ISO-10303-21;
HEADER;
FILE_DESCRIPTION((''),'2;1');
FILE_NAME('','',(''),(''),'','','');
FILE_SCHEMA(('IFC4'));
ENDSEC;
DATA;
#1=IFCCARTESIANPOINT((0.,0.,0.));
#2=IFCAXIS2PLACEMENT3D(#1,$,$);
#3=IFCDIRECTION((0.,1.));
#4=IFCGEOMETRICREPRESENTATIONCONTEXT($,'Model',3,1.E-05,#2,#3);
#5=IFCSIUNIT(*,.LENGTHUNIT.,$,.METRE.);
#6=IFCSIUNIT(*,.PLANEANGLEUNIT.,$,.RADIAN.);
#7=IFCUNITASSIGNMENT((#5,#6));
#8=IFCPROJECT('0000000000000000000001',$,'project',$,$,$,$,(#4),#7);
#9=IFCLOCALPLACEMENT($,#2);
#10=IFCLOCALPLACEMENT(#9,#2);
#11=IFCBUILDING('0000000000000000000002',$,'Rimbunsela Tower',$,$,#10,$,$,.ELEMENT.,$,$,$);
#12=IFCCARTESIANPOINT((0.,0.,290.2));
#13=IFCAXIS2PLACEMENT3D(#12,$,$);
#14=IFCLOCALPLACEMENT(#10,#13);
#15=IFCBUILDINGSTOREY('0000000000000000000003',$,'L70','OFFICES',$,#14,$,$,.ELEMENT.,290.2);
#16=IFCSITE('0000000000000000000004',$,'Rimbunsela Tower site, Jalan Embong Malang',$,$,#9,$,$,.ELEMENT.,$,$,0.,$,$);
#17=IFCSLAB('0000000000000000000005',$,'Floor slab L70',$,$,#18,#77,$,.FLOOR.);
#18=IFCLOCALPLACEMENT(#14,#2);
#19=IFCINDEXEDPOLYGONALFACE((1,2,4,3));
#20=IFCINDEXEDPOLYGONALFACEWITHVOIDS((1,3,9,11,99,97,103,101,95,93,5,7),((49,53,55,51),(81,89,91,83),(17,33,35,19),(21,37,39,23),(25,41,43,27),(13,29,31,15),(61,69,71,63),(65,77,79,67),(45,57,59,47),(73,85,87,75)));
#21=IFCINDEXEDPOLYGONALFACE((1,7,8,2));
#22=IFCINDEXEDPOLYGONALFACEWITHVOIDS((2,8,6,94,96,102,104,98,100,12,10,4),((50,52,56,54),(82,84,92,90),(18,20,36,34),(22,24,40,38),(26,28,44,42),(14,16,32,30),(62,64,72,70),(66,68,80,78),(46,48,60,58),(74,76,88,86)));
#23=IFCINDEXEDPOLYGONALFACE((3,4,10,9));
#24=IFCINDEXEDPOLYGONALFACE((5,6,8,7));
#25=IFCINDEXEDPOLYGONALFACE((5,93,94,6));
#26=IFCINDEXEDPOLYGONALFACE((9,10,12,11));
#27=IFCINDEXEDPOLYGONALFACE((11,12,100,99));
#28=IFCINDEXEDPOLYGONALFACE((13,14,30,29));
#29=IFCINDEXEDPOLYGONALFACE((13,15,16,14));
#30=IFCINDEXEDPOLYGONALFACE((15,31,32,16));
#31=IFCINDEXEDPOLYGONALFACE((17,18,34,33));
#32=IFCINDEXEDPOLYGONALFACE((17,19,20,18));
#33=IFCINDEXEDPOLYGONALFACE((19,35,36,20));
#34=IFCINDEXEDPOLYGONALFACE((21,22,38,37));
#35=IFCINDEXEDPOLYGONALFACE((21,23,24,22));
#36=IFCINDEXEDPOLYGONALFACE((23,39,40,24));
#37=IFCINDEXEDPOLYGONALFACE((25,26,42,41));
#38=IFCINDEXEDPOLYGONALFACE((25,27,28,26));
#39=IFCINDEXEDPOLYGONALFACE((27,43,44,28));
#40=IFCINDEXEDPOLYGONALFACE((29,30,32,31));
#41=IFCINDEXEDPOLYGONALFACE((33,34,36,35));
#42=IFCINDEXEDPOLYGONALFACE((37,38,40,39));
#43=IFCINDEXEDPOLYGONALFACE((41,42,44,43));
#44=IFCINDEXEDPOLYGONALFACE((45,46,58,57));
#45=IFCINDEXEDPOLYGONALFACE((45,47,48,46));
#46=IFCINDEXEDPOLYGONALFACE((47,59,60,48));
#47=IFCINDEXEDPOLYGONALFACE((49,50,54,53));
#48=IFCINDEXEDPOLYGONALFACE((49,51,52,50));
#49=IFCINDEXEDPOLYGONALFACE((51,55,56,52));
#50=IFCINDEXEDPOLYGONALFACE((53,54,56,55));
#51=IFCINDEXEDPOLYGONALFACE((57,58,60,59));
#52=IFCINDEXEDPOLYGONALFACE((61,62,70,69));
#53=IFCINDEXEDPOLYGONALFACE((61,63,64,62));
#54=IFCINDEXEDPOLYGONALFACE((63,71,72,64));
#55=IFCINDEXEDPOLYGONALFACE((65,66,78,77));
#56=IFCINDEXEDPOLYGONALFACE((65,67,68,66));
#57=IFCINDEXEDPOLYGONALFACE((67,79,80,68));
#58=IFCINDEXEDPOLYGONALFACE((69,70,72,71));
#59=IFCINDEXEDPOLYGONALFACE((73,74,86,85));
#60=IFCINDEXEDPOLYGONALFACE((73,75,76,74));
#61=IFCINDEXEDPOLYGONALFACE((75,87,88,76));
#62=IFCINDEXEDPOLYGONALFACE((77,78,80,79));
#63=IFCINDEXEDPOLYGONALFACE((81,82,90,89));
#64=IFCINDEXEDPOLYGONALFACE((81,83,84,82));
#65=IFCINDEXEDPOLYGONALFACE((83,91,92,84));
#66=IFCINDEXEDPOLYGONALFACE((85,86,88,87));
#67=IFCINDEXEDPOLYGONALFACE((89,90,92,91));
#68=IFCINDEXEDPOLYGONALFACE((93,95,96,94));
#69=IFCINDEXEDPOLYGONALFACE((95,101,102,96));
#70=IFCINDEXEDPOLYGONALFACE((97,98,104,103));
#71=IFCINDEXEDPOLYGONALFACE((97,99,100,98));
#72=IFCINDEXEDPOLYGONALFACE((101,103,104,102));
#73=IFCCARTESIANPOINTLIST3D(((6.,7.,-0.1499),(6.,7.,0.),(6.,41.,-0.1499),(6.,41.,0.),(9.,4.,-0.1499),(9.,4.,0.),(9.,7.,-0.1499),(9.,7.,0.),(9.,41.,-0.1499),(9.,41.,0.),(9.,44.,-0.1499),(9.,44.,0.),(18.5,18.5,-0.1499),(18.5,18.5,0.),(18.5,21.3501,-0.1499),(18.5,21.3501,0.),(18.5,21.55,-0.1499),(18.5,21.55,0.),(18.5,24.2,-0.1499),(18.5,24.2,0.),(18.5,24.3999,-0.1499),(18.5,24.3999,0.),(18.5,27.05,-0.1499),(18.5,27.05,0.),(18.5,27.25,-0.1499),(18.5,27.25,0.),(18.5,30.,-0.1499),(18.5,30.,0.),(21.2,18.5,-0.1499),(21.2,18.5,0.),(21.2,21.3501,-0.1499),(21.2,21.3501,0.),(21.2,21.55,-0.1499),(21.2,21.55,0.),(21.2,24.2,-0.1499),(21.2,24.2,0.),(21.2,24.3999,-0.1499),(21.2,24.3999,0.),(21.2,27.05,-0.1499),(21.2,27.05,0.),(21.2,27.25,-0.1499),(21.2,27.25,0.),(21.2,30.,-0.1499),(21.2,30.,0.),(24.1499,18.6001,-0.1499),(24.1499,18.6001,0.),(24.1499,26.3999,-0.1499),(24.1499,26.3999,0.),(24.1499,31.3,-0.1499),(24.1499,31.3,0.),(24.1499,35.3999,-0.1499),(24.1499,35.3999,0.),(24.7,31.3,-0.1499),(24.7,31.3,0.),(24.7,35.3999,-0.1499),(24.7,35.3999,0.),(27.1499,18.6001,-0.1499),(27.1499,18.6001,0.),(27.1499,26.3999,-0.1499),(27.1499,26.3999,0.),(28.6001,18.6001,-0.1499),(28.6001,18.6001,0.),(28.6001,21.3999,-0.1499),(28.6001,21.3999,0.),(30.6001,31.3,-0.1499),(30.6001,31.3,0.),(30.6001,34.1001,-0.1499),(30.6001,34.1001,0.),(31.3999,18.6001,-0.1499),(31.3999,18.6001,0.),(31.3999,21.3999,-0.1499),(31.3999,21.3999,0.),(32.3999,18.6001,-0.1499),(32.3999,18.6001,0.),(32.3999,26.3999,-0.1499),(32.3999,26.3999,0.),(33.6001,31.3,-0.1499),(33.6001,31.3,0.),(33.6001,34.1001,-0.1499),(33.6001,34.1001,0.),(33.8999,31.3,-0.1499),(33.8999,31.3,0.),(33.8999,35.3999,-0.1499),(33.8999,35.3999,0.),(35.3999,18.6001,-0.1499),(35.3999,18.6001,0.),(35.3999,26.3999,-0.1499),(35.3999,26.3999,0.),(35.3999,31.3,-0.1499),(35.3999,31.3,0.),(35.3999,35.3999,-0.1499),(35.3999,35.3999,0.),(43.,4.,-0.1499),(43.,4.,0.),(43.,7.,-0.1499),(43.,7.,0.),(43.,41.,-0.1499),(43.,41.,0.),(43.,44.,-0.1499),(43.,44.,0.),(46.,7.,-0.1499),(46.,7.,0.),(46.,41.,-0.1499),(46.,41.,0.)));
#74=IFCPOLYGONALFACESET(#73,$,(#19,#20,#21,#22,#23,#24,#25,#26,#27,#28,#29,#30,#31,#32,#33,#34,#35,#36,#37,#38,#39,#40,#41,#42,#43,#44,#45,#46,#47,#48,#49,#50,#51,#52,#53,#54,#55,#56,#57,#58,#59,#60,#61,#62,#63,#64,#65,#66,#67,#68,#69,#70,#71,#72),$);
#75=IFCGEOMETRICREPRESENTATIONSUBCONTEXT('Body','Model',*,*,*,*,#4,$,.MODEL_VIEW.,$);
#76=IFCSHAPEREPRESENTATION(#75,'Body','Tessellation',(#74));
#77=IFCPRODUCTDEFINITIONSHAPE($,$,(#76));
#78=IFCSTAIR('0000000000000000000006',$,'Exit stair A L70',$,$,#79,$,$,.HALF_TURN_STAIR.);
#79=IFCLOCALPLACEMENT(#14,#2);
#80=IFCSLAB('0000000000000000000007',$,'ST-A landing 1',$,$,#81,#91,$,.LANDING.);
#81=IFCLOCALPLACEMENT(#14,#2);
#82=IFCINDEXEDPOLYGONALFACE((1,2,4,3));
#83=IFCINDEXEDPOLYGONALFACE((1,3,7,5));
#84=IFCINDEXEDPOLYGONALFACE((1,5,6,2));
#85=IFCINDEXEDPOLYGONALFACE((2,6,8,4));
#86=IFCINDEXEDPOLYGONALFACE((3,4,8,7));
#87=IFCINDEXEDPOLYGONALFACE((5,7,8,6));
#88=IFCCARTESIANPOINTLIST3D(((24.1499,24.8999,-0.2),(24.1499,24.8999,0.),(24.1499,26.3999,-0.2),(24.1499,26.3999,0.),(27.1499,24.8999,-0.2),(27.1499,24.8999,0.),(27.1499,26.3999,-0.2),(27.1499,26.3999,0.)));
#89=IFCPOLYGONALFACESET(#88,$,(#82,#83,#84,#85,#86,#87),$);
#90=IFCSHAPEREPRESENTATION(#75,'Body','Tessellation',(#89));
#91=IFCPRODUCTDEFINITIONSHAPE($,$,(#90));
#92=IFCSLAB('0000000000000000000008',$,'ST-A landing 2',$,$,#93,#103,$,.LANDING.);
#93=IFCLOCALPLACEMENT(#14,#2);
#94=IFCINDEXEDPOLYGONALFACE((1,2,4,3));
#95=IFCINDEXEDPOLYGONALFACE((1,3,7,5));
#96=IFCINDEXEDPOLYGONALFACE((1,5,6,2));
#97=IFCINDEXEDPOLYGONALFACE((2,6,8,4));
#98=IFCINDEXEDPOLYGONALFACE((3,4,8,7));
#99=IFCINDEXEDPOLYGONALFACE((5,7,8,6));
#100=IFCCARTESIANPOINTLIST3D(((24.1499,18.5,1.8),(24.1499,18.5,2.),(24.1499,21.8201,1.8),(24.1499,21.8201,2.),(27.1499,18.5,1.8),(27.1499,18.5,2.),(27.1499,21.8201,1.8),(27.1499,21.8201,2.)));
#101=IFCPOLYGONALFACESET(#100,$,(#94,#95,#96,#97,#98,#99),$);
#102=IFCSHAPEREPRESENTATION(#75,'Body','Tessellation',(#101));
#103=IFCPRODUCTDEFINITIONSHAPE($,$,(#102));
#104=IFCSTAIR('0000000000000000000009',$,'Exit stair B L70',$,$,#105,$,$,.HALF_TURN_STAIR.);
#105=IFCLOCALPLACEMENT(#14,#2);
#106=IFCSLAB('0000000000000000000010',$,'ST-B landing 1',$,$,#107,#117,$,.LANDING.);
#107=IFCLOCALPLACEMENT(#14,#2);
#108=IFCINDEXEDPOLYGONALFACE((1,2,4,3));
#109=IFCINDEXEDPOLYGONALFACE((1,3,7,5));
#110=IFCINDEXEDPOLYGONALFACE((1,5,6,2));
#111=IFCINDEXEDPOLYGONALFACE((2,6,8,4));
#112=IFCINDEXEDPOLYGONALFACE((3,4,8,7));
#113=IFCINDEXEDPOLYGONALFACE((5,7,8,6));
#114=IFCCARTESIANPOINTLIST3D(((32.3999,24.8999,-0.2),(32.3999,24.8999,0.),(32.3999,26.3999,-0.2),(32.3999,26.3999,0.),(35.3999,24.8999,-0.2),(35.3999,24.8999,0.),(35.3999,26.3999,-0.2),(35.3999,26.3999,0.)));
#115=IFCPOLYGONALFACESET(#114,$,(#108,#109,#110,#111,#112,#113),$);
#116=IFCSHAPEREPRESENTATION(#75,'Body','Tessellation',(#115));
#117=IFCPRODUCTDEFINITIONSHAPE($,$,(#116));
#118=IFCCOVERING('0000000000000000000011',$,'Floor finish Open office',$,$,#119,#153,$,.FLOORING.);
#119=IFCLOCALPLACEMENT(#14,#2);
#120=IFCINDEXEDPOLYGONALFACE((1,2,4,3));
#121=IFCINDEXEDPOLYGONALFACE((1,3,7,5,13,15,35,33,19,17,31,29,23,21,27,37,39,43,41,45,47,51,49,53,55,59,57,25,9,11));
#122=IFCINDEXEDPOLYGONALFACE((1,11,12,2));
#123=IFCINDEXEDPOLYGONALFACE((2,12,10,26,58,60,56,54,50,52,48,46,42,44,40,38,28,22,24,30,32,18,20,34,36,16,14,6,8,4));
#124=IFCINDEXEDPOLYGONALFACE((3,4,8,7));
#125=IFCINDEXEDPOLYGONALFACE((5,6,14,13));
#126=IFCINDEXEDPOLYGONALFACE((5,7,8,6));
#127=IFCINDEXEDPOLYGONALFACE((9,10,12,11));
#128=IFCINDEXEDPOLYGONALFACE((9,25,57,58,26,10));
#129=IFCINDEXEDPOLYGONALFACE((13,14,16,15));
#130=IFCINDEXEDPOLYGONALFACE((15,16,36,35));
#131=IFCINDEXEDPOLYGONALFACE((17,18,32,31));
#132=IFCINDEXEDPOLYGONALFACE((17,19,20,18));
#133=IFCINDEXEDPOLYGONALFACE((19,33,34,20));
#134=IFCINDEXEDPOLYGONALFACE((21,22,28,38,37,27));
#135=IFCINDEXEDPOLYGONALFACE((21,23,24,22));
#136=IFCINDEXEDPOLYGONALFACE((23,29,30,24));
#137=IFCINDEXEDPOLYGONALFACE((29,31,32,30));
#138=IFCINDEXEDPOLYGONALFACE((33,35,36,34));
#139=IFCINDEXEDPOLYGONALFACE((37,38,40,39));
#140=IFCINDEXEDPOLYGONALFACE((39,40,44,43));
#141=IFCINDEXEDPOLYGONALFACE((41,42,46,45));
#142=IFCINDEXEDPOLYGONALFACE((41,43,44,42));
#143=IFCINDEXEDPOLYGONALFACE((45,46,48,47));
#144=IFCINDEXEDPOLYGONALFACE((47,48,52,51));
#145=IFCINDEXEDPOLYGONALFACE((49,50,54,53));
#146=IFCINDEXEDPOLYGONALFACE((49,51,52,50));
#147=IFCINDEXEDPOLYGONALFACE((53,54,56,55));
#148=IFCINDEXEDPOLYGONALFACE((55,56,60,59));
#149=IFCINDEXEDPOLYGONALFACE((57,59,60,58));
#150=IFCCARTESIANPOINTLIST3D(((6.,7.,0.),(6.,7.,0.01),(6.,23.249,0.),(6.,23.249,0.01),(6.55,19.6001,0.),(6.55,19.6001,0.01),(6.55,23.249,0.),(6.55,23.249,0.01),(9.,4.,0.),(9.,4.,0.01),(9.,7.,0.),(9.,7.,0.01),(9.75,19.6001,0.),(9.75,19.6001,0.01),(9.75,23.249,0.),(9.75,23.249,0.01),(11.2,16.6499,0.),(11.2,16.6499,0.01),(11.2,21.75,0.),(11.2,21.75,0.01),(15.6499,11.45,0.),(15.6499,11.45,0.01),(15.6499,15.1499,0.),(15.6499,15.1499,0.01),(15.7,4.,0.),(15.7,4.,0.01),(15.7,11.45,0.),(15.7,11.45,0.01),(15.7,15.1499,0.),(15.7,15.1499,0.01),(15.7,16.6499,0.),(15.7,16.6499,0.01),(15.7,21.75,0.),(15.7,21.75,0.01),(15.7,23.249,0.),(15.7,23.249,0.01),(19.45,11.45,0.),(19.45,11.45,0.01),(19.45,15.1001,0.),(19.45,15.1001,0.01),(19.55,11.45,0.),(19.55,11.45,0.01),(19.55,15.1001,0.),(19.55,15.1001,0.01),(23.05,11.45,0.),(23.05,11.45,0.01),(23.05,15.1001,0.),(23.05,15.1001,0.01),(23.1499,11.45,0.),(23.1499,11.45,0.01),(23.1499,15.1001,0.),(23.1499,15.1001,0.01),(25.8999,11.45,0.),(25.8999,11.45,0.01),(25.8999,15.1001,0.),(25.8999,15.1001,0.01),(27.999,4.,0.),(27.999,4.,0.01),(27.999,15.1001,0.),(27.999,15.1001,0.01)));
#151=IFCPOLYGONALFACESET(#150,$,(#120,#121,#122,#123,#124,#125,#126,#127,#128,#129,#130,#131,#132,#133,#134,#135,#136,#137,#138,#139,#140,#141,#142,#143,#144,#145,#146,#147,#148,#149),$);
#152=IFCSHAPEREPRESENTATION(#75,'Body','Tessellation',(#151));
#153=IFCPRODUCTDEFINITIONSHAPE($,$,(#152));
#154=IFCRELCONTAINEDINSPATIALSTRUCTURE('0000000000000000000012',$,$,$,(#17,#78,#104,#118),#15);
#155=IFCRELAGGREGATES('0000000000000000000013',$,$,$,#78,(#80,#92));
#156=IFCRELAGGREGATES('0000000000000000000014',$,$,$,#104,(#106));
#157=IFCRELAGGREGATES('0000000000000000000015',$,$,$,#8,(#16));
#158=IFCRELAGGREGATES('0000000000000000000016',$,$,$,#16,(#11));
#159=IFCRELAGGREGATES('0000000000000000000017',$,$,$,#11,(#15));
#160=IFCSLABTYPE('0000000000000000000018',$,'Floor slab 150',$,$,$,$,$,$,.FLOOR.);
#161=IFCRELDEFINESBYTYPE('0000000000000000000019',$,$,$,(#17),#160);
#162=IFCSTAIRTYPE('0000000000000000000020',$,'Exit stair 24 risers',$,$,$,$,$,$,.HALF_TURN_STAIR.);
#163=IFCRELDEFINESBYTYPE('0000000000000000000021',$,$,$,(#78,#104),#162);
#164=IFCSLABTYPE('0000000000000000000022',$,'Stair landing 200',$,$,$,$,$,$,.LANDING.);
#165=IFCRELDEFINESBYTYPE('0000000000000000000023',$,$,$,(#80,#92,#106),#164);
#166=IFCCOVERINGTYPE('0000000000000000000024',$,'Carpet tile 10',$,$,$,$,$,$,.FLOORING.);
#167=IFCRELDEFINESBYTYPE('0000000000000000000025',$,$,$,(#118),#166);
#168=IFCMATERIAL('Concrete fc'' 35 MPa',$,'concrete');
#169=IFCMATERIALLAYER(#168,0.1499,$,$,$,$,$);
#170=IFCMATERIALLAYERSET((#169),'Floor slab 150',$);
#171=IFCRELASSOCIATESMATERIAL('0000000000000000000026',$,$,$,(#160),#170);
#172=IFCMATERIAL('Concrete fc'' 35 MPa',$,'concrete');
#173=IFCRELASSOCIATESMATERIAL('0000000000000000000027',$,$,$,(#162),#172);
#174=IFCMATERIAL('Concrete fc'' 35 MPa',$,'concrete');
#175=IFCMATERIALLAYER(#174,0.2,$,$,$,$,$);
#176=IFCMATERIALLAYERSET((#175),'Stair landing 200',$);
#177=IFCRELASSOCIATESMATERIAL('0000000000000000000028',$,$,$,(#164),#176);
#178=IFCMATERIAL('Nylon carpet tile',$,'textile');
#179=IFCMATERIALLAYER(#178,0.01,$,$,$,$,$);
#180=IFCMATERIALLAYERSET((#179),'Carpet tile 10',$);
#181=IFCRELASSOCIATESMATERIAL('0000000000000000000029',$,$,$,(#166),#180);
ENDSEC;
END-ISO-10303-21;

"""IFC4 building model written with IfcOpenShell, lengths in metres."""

from ifc_helpers import new_model, si_unit, direction, frame, origin, place, context, subcontext, project, spatial, polyline, outline, extrude, material, layer, layer_set, type_object, element, aggregate, save


model = new_model("IFC4")

# Units and contexts
model_context = context("Model", 3, precision=1e-05, world=origin(), true_north=direction((0.0, 1.0)))
body_context = subcontext(model_context, "Body", "Model", "MODEL_VIEW")
ifc_project = project(units=[si_unit("LENGTHUNIT", "METRE"), si_unit("PLANEANGLEUNIT", "RADIAN")], contexts=[model_context])

# Site, building, storey
site_placement = place(None, origin())
site = spatial("IfcSite", under=ifc_project, at=site_placement, Name="Rimbunsela Tower site, Jalan Embong Malang", CompositionType="ELEMENT", RefElevation=0.0)
building_placement = place(site_placement, origin())
building = spatial("IfcBuilding", under=site, at=building_placement, Name="Rimbunsela Tower", CompositionType="ELEMENT")
storey_placement = place(building_placement, frame((0.0, 0.0, 290.2)))
storey = spatial("IfcBuildingStorey", under=building, at=storey_placement, Name="L70", Description="OFFICES", CompositionType="ELEMENT", Elevation=290.2)

# Slab
ifc_material_1 = material(Name="Concrete fc' 35 MPa", Category="concrete")
ifc_layer_1 = layer(ifc_material_1, 0.1499)
ifc_layer_set_1 = layer_set([ifc_layer_1], Name="Floor slab 150")
slab_type_1 = type_object("IfcSlabType", Name="Floor slab 150", PredefinedType="FLOOR", material=ifc_layer_set_1)
slab_1_placement = place(storey_placement, frame((0.0, 0.0, -0.1499)))
element("IfcSlab", 1, at=slab_1_placement, inside=storey, type_object=slab_type_1, Name="Floor slab L70", PredefinedType="FLOOR", context=body_context, shape_type="SweptSolid", body=[
    extrude(outline(polyline([(9.0, 4.0), (43.0, 4.0), (43.0, 7.0), (46.0, 7.0), (46.0, 41.0), (43.0, 41.0), (43.0, 44.0), (9.0, 44.0), (9.0, 41.0), (6.0, 41.0), (6.0, 7.0), (9.0, 7.0), (9.0, 4.0)]), holes=[polyline([(21.2, 21.3501), (18.5, 21.3501), (18.5, 18.5), (21.2, 18.5), (21.2, 21.3501)]), polyline([(21.2, 21.55), (21.2, 24.2), (18.5, 24.2), (18.5, 21.55), (21.2, 21.55)]), polyline([(21.2, 27.05), (18.5, 27.05), (18.5, 24.3999), (21.2, 24.3999), (21.2, 27.05)]), polyline([(21.2, 30.0), (18.5, 30.0), (18.5, 27.25), (21.2, 27.25), (21.2, 30.0)]), polyline([(27.1499, 26.3999), (24.1499, 26.3999), (24.1499, 18.6001), (27.1499, 18.6001), (27.1499, 26.3999)]), polyline([(24.7, 31.3), (24.7, 35.3999), (24.1499, 35.3999), (24.1499, 31.3), (24.7, 31.3)]), polyline([(31.3999, 21.3999), (28.6001, 21.3999), (28.6001, 18.6001), (31.3999, 18.6001), (31.3999, 21.3999)]), polyline([(33.6001, 34.1001), (30.6001, 34.1001), (30.6001, 31.3), (33.6001, 31.3), (33.6001, 34.1001)]), polyline([(35.3999, 18.6001), (35.3999, 26.3999), (32.3999, 26.3999), (32.3999, 18.6001), (35.3999, 18.6001)]), polyline([(35.3999, 31.3), (35.3999, 35.3999), (33.8999, 35.3999), (33.8999, 31.3), (35.3999, 31.3)])]), origin(), (0.0, 0.0, 1.0), 0.1499),
])

# Stair, slabs
ifc_material_2 = material(Name="Concrete fc' 35 MPa", Category="concrete")
stair_type = type_object("IfcStairType", Name="Exit stair 24 risers", PredefinedType="HALF_TURN_STAIR", material=ifc_material_2)
stair_1_placement = place(storey_placement, origin())
stair_1 = element("IfcStair", 2, at=stair_1_placement, inside=storey, type_object=stair_type, Name="Exit stair A L70", PredefinedType="HALF_TURN_STAIR")
ifc_material_3 = material(Name="Concrete fc' 35 MPa", Category="concrete")
ifc_layer_2 = layer(ifc_material_3, 0.2)
ifc_layer_set_2 = layer_set([ifc_layer_2], Name="Stair landing 200")
slab_type_2 = type_object("IfcSlabType", Name="Stair landing 200", PredefinedType="LANDING", material=ifc_layer_set_2)
slab_2_placement = place(storey_placement, frame((0.0, 0.0, -0.2)))
slab_2 = element("IfcSlab", 3, at=slab_2_placement, type_object=slab_type_2, Name="ST-A landing 1", PredefinedType="LANDING", context=body_context, shape_type="SweptSolid", body=[
    extrude(outline(polyline([(24.1499, 24.8999), (27.1499, 24.8999), (27.1499, 26.3999), (24.1499, 26.3999), (24.1499, 24.8999)])), origin(), (0.0, 0.0, 1.0), 0.2),
])
slab_3_placement = place(storey_placement, frame((0.0, 0.0, 1.8)))
slab_3 = element("IfcSlab", 4, at=slab_3_placement, type_object=slab_type_2, Name="ST-A landing 2", PredefinedType="LANDING", context=body_context, shape_type="SweptSolid", body=[
    extrude(outline(polyline([(24.1499, 18.5), (27.1499, 18.5), (27.1499, 21.8201), (24.1499, 21.8201), (24.1499, 18.5)])), origin(), (0.0, 0.0, 1.0), 0.2),
])
aggregate(stair_1, [slab_2, slab_3])

# Stair, slab
stair_2_placement = place(storey_placement, origin())
stair_2 = element("IfcStair", 5, at=stair_2_placement, inside=storey, type_object=stair_type, Name="Exit stair B L70", PredefinedType="HALF_TURN_STAIR")
slab_4_placement = place(storey_placement, frame((0.0, 0.0, -0.2)))
slab_4 = element("IfcSlab", 6, at=slab_4_placement, type_object=slab_type_2, Name="ST-B landing 1", PredefinedType="LANDING", context=body_context, shape_type="SweptSolid", body=[
    extrude(outline(polyline([(32.3999, 24.8999), (35.3999, 24.8999), (35.3999, 26.3999), (32.3999, 26.3999), (32.3999, 24.8999)])), origin(), (0.0, 0.0, 1.0), 0.2),
])
aggregate(stair_2, [slab_4])

# Covering
ifc_material_4 = material(Name="Nylon carpet tile", Category="textile")
ifc_layer_3 = layer(ifc_material_4, 0.01)
ifc_layer_set_3 = layer_set([ifc_layer_3], Name="Carpet tile 10")
covering_type_1 = type_object("IfcCoveringType", Name="Carpet tile 10", PredefinedType="FLOORING", material=ifc_layer_set_3)
covering_1_placement = place(storey_placement, origin())
element("IfcCovering", 7, at=covering_1_placement, inside=storey, type_object=covering_type_1, Name="Floor finish Open office", PredefinedType="FLOORING", context=body_context, shape_type="SweptSolid", body=[
    extrude(outline(polyline([(19.45, 15.1001), (19.55, 15.1001), (19.55, 11.45), (23.05, 11.45), (23.05, 15.1001), (23.1499, 15.1001), (23.1499, 11.45), (25.8999, 11.45), (25.8999, 15.1001), (27.999, 15.1001), (27.999, 4.0), (15.7, 4.0), (9.0, 4.0), (9.0, 7.0), (6.0, 7.0), (6.0, 23.249), (6.55, 23.249), (6.55, 19.6001), (9.75, 19.6001), (9.75, 23.249), (15.7, 23.249), (15.7, 21.75), (11.2, 21.75), (11.2, 16.6499), (15.7, 16.6499), (15.7, 15.1499), (15.6499, 15.1499), (15.6499, 11.45), (15.7, 11.45), (19.45, 11.45), (19.45, 15.1001)])), origin(), (0.0, 0.0, 1.0), 0.01),
])

save(model, "model.ifc")
